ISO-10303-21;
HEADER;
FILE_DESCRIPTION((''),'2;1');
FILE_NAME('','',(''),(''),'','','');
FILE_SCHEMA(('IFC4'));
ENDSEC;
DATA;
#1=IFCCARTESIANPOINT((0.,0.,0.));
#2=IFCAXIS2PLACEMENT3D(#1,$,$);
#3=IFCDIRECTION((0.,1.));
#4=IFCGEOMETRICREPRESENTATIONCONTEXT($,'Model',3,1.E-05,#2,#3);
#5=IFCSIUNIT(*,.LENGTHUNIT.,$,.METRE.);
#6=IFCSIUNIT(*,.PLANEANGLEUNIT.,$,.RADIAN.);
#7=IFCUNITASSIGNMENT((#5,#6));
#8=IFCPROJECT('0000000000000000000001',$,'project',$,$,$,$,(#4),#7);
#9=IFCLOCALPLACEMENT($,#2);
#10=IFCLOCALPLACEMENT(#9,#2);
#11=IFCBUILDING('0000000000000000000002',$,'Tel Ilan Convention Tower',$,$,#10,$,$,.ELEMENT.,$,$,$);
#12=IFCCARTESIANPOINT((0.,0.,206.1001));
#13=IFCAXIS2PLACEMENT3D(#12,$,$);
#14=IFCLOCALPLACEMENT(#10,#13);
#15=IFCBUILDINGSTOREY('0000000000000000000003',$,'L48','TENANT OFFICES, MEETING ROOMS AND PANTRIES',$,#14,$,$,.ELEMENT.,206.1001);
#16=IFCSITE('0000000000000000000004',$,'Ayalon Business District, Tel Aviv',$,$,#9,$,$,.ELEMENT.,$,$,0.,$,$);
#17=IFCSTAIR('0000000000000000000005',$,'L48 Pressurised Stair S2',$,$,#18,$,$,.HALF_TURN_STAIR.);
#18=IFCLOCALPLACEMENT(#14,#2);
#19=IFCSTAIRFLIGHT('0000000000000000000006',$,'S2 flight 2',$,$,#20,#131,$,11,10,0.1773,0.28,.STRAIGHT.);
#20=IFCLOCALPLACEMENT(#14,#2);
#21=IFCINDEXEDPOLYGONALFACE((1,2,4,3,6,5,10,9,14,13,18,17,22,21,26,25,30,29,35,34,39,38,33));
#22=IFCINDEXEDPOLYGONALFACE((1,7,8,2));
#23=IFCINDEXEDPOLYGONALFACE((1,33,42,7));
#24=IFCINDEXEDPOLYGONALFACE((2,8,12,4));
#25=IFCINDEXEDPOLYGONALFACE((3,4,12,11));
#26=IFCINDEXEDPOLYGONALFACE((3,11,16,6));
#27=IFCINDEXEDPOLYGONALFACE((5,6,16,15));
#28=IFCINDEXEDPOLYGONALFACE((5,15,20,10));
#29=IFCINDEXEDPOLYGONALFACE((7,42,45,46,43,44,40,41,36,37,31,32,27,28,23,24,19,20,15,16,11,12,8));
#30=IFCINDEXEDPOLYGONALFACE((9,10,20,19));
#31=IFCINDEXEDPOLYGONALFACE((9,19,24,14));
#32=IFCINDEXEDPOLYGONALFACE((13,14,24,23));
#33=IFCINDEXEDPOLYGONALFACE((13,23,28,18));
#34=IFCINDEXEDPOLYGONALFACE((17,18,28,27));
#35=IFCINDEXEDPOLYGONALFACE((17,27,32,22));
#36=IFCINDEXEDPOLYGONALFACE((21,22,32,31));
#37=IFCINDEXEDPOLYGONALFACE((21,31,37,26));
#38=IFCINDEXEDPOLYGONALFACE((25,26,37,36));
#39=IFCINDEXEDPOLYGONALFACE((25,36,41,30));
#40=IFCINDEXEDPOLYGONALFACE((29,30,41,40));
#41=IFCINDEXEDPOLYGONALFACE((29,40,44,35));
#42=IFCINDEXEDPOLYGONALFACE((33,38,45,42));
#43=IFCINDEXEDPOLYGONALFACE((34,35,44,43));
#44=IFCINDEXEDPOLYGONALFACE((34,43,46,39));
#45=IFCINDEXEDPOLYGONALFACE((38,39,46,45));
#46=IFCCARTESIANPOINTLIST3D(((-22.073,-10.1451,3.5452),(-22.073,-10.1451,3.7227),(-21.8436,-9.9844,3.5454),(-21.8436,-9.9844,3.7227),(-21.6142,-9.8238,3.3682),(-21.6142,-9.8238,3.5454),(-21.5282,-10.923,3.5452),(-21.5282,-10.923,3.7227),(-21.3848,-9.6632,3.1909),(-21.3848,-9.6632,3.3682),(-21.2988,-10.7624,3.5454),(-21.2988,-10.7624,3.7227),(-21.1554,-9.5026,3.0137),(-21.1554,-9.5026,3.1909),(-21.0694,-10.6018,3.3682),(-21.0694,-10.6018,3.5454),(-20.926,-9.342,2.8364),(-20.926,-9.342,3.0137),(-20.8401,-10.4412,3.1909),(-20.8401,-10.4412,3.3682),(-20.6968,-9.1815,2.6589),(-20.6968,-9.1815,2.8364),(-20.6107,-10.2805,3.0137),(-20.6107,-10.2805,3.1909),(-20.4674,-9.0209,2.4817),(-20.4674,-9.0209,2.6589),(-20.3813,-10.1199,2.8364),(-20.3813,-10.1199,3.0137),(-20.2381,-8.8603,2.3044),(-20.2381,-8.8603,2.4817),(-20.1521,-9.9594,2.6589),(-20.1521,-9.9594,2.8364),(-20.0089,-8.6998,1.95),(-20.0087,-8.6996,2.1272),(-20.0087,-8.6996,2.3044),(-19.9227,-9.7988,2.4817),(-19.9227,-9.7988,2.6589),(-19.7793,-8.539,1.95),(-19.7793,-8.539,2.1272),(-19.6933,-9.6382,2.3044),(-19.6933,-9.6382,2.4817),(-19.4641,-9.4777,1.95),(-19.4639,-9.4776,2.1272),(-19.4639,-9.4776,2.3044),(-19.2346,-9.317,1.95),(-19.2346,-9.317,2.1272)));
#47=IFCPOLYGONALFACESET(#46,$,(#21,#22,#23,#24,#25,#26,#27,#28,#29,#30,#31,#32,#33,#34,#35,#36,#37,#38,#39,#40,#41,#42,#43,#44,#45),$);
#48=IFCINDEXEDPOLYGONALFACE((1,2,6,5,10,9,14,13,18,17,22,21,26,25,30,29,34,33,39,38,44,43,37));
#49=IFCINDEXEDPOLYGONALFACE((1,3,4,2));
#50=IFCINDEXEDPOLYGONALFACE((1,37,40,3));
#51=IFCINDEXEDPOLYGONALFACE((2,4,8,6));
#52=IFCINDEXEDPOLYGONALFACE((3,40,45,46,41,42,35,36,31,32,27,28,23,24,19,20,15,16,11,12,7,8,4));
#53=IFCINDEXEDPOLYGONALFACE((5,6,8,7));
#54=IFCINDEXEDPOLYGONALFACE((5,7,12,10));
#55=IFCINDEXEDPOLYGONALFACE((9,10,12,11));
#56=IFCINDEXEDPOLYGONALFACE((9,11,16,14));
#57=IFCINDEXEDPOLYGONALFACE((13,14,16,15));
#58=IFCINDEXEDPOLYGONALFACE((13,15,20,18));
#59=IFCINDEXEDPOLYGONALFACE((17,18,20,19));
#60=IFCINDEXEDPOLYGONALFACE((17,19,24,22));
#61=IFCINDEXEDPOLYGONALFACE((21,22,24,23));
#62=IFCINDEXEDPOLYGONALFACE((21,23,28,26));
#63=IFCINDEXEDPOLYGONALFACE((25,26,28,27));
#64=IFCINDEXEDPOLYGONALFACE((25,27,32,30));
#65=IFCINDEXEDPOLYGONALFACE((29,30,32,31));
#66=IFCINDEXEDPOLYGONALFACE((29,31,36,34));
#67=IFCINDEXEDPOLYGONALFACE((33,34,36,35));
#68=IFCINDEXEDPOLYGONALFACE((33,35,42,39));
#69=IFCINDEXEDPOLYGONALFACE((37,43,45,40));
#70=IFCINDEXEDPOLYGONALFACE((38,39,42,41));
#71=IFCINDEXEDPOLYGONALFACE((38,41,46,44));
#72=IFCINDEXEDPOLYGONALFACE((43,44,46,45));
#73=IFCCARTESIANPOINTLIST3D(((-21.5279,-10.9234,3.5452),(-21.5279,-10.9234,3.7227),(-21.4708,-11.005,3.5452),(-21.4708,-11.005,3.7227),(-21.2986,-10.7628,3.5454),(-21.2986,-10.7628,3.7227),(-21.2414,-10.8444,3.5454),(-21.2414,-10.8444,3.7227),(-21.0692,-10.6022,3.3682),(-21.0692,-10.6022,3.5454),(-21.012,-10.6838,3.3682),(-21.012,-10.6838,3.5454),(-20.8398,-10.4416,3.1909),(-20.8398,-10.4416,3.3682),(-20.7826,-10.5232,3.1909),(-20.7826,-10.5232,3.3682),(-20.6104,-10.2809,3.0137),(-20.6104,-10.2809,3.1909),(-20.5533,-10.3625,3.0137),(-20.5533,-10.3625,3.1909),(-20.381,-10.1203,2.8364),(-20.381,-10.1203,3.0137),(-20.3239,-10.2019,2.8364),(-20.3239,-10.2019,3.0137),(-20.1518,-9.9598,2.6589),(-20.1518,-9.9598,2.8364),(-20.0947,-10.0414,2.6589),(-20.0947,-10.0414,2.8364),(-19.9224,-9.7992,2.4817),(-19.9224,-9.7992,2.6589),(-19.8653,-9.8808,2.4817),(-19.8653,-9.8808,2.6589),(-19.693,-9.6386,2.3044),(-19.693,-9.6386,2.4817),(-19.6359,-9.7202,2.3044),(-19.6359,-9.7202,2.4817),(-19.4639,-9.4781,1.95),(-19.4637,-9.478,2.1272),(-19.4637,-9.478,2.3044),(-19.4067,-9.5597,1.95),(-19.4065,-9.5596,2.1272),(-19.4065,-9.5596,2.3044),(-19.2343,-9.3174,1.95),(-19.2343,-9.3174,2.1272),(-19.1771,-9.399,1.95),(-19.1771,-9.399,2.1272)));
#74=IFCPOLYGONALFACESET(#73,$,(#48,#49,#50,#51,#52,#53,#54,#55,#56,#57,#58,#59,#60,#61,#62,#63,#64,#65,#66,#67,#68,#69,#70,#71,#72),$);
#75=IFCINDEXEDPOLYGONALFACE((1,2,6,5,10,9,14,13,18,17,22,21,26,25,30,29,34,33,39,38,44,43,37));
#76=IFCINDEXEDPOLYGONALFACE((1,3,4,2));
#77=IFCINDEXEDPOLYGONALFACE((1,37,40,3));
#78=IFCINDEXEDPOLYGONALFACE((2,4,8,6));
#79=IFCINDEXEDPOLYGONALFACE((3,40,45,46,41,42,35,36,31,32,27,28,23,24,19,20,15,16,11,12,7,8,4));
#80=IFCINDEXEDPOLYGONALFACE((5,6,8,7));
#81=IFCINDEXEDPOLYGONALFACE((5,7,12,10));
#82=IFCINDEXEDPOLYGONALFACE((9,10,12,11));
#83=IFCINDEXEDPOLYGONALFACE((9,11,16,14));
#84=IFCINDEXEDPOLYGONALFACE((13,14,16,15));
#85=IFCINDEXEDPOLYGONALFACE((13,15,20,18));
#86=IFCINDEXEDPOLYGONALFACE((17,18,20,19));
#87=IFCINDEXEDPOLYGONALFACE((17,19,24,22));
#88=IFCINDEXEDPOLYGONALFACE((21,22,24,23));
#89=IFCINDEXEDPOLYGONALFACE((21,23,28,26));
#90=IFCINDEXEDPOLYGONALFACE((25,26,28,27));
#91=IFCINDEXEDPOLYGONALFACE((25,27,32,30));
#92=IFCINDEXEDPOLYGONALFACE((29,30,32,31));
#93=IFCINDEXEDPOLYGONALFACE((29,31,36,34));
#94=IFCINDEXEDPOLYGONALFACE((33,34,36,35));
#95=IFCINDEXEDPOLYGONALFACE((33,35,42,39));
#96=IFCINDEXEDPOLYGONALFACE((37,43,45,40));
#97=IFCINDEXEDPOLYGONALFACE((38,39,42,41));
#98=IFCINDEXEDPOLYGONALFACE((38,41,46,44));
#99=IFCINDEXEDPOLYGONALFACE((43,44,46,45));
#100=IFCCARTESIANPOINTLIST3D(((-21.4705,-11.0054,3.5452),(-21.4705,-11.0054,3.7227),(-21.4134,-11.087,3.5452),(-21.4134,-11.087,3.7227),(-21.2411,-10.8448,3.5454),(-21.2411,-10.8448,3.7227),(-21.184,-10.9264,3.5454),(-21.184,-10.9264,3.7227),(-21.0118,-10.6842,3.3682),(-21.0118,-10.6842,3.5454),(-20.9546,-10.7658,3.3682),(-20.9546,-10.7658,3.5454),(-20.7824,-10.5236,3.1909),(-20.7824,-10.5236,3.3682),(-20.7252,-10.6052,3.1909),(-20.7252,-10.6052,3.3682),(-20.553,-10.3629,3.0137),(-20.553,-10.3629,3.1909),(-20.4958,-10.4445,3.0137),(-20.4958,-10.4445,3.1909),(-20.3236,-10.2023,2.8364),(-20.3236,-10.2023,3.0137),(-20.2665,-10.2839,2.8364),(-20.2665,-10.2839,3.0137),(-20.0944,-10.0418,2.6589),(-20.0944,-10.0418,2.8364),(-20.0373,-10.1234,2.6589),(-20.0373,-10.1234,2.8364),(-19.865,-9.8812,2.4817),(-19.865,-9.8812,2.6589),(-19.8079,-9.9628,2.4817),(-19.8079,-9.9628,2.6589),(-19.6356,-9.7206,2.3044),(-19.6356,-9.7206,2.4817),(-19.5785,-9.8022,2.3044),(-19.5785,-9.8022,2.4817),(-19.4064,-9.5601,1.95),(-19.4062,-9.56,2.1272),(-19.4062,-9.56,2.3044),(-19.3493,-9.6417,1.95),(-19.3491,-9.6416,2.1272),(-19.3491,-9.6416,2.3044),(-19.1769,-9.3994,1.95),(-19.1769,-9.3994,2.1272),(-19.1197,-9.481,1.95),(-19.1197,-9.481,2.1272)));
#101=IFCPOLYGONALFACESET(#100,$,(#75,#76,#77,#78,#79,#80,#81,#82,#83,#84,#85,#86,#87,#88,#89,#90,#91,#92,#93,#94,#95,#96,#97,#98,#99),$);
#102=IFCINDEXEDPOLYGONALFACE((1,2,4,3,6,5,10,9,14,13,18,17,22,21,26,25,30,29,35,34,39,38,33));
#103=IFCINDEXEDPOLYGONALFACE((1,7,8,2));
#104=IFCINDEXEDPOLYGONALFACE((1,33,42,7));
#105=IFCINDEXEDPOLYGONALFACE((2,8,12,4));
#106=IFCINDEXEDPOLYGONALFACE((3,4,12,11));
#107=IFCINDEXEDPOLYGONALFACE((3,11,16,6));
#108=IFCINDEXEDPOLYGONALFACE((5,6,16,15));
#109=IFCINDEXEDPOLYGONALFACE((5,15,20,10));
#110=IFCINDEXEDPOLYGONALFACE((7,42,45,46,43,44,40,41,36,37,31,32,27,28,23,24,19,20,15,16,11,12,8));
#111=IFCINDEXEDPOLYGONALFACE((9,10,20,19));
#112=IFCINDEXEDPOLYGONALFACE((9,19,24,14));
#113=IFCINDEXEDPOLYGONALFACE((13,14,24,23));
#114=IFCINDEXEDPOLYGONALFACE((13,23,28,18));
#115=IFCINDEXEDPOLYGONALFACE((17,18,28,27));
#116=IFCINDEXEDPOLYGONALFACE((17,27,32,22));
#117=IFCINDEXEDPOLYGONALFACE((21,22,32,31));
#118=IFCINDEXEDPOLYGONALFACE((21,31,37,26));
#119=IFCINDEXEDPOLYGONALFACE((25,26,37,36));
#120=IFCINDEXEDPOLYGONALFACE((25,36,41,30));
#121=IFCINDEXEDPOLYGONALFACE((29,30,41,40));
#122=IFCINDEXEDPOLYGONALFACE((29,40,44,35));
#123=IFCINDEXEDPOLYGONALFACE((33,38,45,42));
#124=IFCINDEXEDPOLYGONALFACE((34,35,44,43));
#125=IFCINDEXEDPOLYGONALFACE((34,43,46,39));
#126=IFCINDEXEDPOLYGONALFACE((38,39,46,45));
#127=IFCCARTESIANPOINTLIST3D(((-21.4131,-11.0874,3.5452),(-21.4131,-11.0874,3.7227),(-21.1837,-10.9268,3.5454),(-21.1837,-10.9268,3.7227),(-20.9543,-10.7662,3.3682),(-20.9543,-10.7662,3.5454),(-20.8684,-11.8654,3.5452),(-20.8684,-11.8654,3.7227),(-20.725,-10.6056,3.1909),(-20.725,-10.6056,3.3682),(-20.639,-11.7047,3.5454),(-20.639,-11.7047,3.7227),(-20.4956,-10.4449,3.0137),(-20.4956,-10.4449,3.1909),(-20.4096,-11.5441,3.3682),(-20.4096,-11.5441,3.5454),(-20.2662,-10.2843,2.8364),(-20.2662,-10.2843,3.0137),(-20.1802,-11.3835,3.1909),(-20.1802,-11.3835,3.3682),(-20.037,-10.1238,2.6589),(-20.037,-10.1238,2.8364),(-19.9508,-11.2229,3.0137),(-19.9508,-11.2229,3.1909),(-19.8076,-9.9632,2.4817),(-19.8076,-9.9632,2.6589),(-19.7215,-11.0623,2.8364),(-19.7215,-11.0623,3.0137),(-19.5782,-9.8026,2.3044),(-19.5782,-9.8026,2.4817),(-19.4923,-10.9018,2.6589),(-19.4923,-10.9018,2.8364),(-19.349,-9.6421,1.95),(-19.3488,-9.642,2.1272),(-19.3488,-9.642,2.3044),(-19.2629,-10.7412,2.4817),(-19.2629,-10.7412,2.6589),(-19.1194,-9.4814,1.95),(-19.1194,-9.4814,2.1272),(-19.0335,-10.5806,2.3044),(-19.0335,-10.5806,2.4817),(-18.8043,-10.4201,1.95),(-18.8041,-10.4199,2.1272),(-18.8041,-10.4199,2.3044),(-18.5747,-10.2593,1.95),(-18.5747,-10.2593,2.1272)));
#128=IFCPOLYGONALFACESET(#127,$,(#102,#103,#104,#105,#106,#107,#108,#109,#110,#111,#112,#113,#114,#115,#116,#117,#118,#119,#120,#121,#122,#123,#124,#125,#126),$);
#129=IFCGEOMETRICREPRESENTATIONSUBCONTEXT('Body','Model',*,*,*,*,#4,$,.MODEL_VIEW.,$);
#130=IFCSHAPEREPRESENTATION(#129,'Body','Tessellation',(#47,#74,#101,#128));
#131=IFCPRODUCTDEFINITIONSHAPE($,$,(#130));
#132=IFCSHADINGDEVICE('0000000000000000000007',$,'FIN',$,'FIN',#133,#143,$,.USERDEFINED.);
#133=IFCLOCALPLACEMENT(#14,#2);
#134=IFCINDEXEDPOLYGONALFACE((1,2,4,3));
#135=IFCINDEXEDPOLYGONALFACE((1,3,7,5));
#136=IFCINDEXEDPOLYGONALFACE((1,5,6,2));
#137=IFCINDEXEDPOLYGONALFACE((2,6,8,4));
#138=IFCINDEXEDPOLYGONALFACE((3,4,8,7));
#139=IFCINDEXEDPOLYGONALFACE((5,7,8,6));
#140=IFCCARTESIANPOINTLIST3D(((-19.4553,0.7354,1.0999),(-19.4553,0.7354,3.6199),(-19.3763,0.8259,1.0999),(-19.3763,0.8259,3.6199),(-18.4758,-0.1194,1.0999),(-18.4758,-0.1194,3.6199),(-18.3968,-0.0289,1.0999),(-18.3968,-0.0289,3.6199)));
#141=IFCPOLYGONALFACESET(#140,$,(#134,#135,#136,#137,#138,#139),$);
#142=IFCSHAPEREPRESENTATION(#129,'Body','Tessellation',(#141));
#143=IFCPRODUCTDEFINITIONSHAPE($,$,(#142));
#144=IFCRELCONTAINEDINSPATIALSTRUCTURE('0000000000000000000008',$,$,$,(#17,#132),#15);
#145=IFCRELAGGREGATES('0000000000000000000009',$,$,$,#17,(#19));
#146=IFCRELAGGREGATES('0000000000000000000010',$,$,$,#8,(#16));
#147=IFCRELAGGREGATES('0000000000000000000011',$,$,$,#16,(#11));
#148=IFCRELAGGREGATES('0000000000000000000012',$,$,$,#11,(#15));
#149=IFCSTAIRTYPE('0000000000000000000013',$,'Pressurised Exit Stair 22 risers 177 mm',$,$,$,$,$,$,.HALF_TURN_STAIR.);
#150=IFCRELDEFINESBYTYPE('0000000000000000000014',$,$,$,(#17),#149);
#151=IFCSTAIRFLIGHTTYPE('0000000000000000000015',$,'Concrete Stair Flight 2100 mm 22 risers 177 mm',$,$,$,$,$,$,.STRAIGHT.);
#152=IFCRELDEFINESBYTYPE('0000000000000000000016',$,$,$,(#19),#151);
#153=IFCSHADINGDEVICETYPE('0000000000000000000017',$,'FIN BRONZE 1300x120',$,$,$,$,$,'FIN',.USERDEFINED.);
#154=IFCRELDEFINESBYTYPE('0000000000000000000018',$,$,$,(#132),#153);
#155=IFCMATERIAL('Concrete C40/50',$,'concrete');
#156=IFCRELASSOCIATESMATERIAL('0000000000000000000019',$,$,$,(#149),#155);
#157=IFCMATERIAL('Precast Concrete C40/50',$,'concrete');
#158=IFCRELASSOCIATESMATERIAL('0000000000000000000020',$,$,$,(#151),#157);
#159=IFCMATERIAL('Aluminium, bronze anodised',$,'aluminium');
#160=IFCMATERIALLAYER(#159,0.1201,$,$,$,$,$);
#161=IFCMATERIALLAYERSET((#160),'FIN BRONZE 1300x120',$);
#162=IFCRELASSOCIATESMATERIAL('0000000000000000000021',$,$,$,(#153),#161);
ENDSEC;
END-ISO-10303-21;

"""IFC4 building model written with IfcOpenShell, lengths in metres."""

from ifc_helpers import new_model, si_unit, direction, frame, origin, origin_2d, place, context, subcontext, project, spatial, polyline, rectangle, outline, extrude, material, layer, layer_set, type_object, element, aggregate, save


model = new_model("IFC4")

# Units and contexts
model_context = context("Model", 3, precision=1e-05, world=origin(), true_north=direction((0.0, 1.0)))
body_context = subcontext(model_context, "Body", "Model", "MODEL_VIEW")
ifc_project = project(units=[si_unit("LENGTHUNIT", "METRE"), si_unit("PLANEANGLEUNIT", "RADIAN")], contexts=[model_context])

# Site, building, storey
site_placement = place(None, origin())
site = spatial("IfcSite", under=ifc_project, at=site_placement, Name="Ayalon Business District, Tel Aviv", CompositionType="ELEMENT", RefElevation=0.0)
building_placement = place(site_placement, origin())
building = spatial("IfcBuilding", under=site, at=building_placement, Name="Tel Ilan Convention Tower", CompositionType="ELEMENT")
storey_placement = place(building_placement, frame((0.0, 0.0, 206.1001)))
storey = spatial("IfcBuildingStorey", under=building, at=storey_placement, Name="L48", Description="TENANT OFFICES, MEETING ROOMS AND PANTRIES", CompositionType="ELEMENT", Elevation=206.1001)

# Stair, stair flight
ifc_material_1 = material(Name="Concrete C40/50", Category="concrete")
stair_type = type_object("IfcStairType", Name="Pressurised Exit Stair 22 risers 177 mm", PredefinedType="HALF_TURN_STAIR", material=ifc_material_1)
ifc_material_2 = material(Name="Precast Concrete C40/50", Category="concrete")
stair_flight_type = type_object("IfcStairFlightType", Name="Concrete Stair Flight 2100 mm 22 risers 177 mm", PredefinedType="STRAIGHT", material=ifc_material_2)
stair_1_placement = place(storey_placement, origin())
stair_1 = element("IfcStair", 1, at=stair_1_placement, inside=storey, type_object=stair_type, Name="L48 Pressurised Stair S2", PredefinedType="HALF_TURN_STAIR")
stair_flight_1_placement = place(storey_placement, frame((-19.177, -9.3992, 1.95), z_axis=(0.0, 0.0, 1.0), x_axis=(-0.819152, -0.573576, 0.0)))
stair_flight_1 = element("IfcStairFlight", 2, at=stair_flight_1_placement, type_object=stair_flight_type, Name="S2 flight 2", NumberOfRisers=11, NumberOfTreads=10, PredefinedType="STRAIGHT", RiserHeight=0.1773, TreadLength=0.28, context=body_context, shape_type="SweptSolid", body=[
    extrude(outline(polyline([(0.0, 0.0), (0.0, 0.1772), (0.28, 0.1772), (0.28, 0.3545), (0.5601, 0.3545), (0.5601, 0.5317), (0.8401, 0.5317), (0.8401, 0.709), (1.1201, 0.709), (1.1201, 0.8865), (1.3999, 0.8865), (1.3999, 1.0637), (1.6799, 1.0637), (1.6799, 1.241), (1.96, 1.241), (1.96, 1.4182), (2.24, 1.4182), (2.24, 1.5955), (2.52, 1.5955), (2.52, 1.7727), (2.8, 1.7727), (2.8, 1.95), (2.8, 1.5952), (0.2803, 0.0), (0.0, 0.0)])), frame((0.0, -0.1003, 0.0), z_axis=(0.0, -1.0, 0.0), x_axis=(1.0, 0.0, 0.0)), (0.0, 0.0, 1.0), 0.9497),
    extrude(outline(polyline([(0.0, 0.0), (0.0, 0.1772), (0.28, 0.1772), (0.28, 0.3545), (0.5601, 0.3545), (0.5601, 0.5317), (0.8401, 0.5317), (0.8401, 0.709), (1.1201, 0.709), (1.1201, 0.8865), (1.3999, 0.8865), (1.3999, 1.0637), (1.6799, 1.0637), (1.6799, 1.241), (1.96, 1.241), (1.96, 1.4182), (2.24, 1.4182), (2.24, 1.5955), (2.52, 1.5955), (2.52, 1.7727), (2.8, 1.7727), (2.8, 1.95), (2.8, 1.5952), (0.2803, 0.0), (0.0, 0.0)])), frame((0.0, -0.0002, 0.0), z_axis=(0.0, -1.0, 0.0), x_axis=(1.0, 0.0, 0.0)), (0.0, 0.0, 1.0), 0.0996),
    extrude(outline(polyline([(0.0, 0.0), (0.0, 0.1772), (0.28, 0.1772), (0.28, 0.3545), (0.5601, 0.3545), (0.5601, 0.5317), (0.8401, 0.5317), (0.8401, 0.709), (1.1201, 0.709), (1.1201, 0.8865), (1.3999, 0.8865), (1.3999, 1.0637), (1.6799, 1.0637), (1.6799, 1.241), (1.96, 1.241), (1.96, 1.4182), (2.24, 1.4182), (2.24, 1.5955), (2.52, 1.5955), (2.52, 1.7727), (2.8, 1.7727), (2.8, 1.95), (2.8, 1.5952), (0.2803, 0.0), (0.0, 0.0)])), frame((0.0, 0.0999, 0.0), z_axis=(0.0, -1.0, 0.0), x_axis=(1.0, 0.0, 0.0)), (0.0, 0.0, 1.0), 0.0996),
    extrude(outline(polyline([(0.0, 0.0), (0.0, 0.1772), (0.28, 0.1772), (0.28, 0.3545), (0.5601, 0.3545), (0.5601, 0.5317), (0.8401, 0.5317), (0.8401, 0.709), (1.1201, 0.709), (1.1201, 0.8865), (1.3999, 0.8865), (1.3999, 1.0637), (1.6799, 1.0637), (1.6799, 1.241), (1.96, 1.241), (1.96, 1.4182), (2.24, 1.4182), (2.24, 1.5955), (2.52, 1.5955), (2.52, 1.7727), (2.8, 1.7727), (2.8, 1.95), (2.8, 1.5952), (0.2803, 0.0), (0.0, 0.0)])), frame((0.0, 1.05, 0.0), z_axis=(0.0, -1.0, 0.0), x_axis=(1.0, 0.0, 0.0)), (0.0, 0.0, 1.0), 0.9497),
])
aggregate(stair_1, [stair_flight_1])

# Shading device
ifc_material_3 = material(Name="Aluminium, bronze anodised", Category="aluminium")
ifc_layer_1 = layer(ifc_material_3, 0.1201)
ifc_layer_set_1 = layer_set([ifc_layer_1], Name="FIN BRONZE 1300x120")
shading_device_type = type_object("IfcShadingDeviceType", Name="FIN BRONZE 1300x120", ElementType="FIN", PredefinedType="USERDEFINED", material=ifc_layer_set_1)
shading_device_placement = place(storey_placement, frame((-18.926, 0.3533, 1.0999), z_axis=(0.0, 0.0, 1.0), x_axis=(-0.753436, 0.657521, 0.0)))
element("IfcShadingDevice", 3, at=shading_device_placement, inside=storey, type_object=shading_device_type, Name="FIN", ObjectType="FIN", PredefinedType="USERDEFINED", context=body_context, shape_type="SweptSolid", body=[
    extrude(rectangle(XDim=1.3, YDim=0.1201, at=origin_2d()), origin(), (0.0, 0.0, 1.0), 2.52),
])

save(model, "model.ifc")
